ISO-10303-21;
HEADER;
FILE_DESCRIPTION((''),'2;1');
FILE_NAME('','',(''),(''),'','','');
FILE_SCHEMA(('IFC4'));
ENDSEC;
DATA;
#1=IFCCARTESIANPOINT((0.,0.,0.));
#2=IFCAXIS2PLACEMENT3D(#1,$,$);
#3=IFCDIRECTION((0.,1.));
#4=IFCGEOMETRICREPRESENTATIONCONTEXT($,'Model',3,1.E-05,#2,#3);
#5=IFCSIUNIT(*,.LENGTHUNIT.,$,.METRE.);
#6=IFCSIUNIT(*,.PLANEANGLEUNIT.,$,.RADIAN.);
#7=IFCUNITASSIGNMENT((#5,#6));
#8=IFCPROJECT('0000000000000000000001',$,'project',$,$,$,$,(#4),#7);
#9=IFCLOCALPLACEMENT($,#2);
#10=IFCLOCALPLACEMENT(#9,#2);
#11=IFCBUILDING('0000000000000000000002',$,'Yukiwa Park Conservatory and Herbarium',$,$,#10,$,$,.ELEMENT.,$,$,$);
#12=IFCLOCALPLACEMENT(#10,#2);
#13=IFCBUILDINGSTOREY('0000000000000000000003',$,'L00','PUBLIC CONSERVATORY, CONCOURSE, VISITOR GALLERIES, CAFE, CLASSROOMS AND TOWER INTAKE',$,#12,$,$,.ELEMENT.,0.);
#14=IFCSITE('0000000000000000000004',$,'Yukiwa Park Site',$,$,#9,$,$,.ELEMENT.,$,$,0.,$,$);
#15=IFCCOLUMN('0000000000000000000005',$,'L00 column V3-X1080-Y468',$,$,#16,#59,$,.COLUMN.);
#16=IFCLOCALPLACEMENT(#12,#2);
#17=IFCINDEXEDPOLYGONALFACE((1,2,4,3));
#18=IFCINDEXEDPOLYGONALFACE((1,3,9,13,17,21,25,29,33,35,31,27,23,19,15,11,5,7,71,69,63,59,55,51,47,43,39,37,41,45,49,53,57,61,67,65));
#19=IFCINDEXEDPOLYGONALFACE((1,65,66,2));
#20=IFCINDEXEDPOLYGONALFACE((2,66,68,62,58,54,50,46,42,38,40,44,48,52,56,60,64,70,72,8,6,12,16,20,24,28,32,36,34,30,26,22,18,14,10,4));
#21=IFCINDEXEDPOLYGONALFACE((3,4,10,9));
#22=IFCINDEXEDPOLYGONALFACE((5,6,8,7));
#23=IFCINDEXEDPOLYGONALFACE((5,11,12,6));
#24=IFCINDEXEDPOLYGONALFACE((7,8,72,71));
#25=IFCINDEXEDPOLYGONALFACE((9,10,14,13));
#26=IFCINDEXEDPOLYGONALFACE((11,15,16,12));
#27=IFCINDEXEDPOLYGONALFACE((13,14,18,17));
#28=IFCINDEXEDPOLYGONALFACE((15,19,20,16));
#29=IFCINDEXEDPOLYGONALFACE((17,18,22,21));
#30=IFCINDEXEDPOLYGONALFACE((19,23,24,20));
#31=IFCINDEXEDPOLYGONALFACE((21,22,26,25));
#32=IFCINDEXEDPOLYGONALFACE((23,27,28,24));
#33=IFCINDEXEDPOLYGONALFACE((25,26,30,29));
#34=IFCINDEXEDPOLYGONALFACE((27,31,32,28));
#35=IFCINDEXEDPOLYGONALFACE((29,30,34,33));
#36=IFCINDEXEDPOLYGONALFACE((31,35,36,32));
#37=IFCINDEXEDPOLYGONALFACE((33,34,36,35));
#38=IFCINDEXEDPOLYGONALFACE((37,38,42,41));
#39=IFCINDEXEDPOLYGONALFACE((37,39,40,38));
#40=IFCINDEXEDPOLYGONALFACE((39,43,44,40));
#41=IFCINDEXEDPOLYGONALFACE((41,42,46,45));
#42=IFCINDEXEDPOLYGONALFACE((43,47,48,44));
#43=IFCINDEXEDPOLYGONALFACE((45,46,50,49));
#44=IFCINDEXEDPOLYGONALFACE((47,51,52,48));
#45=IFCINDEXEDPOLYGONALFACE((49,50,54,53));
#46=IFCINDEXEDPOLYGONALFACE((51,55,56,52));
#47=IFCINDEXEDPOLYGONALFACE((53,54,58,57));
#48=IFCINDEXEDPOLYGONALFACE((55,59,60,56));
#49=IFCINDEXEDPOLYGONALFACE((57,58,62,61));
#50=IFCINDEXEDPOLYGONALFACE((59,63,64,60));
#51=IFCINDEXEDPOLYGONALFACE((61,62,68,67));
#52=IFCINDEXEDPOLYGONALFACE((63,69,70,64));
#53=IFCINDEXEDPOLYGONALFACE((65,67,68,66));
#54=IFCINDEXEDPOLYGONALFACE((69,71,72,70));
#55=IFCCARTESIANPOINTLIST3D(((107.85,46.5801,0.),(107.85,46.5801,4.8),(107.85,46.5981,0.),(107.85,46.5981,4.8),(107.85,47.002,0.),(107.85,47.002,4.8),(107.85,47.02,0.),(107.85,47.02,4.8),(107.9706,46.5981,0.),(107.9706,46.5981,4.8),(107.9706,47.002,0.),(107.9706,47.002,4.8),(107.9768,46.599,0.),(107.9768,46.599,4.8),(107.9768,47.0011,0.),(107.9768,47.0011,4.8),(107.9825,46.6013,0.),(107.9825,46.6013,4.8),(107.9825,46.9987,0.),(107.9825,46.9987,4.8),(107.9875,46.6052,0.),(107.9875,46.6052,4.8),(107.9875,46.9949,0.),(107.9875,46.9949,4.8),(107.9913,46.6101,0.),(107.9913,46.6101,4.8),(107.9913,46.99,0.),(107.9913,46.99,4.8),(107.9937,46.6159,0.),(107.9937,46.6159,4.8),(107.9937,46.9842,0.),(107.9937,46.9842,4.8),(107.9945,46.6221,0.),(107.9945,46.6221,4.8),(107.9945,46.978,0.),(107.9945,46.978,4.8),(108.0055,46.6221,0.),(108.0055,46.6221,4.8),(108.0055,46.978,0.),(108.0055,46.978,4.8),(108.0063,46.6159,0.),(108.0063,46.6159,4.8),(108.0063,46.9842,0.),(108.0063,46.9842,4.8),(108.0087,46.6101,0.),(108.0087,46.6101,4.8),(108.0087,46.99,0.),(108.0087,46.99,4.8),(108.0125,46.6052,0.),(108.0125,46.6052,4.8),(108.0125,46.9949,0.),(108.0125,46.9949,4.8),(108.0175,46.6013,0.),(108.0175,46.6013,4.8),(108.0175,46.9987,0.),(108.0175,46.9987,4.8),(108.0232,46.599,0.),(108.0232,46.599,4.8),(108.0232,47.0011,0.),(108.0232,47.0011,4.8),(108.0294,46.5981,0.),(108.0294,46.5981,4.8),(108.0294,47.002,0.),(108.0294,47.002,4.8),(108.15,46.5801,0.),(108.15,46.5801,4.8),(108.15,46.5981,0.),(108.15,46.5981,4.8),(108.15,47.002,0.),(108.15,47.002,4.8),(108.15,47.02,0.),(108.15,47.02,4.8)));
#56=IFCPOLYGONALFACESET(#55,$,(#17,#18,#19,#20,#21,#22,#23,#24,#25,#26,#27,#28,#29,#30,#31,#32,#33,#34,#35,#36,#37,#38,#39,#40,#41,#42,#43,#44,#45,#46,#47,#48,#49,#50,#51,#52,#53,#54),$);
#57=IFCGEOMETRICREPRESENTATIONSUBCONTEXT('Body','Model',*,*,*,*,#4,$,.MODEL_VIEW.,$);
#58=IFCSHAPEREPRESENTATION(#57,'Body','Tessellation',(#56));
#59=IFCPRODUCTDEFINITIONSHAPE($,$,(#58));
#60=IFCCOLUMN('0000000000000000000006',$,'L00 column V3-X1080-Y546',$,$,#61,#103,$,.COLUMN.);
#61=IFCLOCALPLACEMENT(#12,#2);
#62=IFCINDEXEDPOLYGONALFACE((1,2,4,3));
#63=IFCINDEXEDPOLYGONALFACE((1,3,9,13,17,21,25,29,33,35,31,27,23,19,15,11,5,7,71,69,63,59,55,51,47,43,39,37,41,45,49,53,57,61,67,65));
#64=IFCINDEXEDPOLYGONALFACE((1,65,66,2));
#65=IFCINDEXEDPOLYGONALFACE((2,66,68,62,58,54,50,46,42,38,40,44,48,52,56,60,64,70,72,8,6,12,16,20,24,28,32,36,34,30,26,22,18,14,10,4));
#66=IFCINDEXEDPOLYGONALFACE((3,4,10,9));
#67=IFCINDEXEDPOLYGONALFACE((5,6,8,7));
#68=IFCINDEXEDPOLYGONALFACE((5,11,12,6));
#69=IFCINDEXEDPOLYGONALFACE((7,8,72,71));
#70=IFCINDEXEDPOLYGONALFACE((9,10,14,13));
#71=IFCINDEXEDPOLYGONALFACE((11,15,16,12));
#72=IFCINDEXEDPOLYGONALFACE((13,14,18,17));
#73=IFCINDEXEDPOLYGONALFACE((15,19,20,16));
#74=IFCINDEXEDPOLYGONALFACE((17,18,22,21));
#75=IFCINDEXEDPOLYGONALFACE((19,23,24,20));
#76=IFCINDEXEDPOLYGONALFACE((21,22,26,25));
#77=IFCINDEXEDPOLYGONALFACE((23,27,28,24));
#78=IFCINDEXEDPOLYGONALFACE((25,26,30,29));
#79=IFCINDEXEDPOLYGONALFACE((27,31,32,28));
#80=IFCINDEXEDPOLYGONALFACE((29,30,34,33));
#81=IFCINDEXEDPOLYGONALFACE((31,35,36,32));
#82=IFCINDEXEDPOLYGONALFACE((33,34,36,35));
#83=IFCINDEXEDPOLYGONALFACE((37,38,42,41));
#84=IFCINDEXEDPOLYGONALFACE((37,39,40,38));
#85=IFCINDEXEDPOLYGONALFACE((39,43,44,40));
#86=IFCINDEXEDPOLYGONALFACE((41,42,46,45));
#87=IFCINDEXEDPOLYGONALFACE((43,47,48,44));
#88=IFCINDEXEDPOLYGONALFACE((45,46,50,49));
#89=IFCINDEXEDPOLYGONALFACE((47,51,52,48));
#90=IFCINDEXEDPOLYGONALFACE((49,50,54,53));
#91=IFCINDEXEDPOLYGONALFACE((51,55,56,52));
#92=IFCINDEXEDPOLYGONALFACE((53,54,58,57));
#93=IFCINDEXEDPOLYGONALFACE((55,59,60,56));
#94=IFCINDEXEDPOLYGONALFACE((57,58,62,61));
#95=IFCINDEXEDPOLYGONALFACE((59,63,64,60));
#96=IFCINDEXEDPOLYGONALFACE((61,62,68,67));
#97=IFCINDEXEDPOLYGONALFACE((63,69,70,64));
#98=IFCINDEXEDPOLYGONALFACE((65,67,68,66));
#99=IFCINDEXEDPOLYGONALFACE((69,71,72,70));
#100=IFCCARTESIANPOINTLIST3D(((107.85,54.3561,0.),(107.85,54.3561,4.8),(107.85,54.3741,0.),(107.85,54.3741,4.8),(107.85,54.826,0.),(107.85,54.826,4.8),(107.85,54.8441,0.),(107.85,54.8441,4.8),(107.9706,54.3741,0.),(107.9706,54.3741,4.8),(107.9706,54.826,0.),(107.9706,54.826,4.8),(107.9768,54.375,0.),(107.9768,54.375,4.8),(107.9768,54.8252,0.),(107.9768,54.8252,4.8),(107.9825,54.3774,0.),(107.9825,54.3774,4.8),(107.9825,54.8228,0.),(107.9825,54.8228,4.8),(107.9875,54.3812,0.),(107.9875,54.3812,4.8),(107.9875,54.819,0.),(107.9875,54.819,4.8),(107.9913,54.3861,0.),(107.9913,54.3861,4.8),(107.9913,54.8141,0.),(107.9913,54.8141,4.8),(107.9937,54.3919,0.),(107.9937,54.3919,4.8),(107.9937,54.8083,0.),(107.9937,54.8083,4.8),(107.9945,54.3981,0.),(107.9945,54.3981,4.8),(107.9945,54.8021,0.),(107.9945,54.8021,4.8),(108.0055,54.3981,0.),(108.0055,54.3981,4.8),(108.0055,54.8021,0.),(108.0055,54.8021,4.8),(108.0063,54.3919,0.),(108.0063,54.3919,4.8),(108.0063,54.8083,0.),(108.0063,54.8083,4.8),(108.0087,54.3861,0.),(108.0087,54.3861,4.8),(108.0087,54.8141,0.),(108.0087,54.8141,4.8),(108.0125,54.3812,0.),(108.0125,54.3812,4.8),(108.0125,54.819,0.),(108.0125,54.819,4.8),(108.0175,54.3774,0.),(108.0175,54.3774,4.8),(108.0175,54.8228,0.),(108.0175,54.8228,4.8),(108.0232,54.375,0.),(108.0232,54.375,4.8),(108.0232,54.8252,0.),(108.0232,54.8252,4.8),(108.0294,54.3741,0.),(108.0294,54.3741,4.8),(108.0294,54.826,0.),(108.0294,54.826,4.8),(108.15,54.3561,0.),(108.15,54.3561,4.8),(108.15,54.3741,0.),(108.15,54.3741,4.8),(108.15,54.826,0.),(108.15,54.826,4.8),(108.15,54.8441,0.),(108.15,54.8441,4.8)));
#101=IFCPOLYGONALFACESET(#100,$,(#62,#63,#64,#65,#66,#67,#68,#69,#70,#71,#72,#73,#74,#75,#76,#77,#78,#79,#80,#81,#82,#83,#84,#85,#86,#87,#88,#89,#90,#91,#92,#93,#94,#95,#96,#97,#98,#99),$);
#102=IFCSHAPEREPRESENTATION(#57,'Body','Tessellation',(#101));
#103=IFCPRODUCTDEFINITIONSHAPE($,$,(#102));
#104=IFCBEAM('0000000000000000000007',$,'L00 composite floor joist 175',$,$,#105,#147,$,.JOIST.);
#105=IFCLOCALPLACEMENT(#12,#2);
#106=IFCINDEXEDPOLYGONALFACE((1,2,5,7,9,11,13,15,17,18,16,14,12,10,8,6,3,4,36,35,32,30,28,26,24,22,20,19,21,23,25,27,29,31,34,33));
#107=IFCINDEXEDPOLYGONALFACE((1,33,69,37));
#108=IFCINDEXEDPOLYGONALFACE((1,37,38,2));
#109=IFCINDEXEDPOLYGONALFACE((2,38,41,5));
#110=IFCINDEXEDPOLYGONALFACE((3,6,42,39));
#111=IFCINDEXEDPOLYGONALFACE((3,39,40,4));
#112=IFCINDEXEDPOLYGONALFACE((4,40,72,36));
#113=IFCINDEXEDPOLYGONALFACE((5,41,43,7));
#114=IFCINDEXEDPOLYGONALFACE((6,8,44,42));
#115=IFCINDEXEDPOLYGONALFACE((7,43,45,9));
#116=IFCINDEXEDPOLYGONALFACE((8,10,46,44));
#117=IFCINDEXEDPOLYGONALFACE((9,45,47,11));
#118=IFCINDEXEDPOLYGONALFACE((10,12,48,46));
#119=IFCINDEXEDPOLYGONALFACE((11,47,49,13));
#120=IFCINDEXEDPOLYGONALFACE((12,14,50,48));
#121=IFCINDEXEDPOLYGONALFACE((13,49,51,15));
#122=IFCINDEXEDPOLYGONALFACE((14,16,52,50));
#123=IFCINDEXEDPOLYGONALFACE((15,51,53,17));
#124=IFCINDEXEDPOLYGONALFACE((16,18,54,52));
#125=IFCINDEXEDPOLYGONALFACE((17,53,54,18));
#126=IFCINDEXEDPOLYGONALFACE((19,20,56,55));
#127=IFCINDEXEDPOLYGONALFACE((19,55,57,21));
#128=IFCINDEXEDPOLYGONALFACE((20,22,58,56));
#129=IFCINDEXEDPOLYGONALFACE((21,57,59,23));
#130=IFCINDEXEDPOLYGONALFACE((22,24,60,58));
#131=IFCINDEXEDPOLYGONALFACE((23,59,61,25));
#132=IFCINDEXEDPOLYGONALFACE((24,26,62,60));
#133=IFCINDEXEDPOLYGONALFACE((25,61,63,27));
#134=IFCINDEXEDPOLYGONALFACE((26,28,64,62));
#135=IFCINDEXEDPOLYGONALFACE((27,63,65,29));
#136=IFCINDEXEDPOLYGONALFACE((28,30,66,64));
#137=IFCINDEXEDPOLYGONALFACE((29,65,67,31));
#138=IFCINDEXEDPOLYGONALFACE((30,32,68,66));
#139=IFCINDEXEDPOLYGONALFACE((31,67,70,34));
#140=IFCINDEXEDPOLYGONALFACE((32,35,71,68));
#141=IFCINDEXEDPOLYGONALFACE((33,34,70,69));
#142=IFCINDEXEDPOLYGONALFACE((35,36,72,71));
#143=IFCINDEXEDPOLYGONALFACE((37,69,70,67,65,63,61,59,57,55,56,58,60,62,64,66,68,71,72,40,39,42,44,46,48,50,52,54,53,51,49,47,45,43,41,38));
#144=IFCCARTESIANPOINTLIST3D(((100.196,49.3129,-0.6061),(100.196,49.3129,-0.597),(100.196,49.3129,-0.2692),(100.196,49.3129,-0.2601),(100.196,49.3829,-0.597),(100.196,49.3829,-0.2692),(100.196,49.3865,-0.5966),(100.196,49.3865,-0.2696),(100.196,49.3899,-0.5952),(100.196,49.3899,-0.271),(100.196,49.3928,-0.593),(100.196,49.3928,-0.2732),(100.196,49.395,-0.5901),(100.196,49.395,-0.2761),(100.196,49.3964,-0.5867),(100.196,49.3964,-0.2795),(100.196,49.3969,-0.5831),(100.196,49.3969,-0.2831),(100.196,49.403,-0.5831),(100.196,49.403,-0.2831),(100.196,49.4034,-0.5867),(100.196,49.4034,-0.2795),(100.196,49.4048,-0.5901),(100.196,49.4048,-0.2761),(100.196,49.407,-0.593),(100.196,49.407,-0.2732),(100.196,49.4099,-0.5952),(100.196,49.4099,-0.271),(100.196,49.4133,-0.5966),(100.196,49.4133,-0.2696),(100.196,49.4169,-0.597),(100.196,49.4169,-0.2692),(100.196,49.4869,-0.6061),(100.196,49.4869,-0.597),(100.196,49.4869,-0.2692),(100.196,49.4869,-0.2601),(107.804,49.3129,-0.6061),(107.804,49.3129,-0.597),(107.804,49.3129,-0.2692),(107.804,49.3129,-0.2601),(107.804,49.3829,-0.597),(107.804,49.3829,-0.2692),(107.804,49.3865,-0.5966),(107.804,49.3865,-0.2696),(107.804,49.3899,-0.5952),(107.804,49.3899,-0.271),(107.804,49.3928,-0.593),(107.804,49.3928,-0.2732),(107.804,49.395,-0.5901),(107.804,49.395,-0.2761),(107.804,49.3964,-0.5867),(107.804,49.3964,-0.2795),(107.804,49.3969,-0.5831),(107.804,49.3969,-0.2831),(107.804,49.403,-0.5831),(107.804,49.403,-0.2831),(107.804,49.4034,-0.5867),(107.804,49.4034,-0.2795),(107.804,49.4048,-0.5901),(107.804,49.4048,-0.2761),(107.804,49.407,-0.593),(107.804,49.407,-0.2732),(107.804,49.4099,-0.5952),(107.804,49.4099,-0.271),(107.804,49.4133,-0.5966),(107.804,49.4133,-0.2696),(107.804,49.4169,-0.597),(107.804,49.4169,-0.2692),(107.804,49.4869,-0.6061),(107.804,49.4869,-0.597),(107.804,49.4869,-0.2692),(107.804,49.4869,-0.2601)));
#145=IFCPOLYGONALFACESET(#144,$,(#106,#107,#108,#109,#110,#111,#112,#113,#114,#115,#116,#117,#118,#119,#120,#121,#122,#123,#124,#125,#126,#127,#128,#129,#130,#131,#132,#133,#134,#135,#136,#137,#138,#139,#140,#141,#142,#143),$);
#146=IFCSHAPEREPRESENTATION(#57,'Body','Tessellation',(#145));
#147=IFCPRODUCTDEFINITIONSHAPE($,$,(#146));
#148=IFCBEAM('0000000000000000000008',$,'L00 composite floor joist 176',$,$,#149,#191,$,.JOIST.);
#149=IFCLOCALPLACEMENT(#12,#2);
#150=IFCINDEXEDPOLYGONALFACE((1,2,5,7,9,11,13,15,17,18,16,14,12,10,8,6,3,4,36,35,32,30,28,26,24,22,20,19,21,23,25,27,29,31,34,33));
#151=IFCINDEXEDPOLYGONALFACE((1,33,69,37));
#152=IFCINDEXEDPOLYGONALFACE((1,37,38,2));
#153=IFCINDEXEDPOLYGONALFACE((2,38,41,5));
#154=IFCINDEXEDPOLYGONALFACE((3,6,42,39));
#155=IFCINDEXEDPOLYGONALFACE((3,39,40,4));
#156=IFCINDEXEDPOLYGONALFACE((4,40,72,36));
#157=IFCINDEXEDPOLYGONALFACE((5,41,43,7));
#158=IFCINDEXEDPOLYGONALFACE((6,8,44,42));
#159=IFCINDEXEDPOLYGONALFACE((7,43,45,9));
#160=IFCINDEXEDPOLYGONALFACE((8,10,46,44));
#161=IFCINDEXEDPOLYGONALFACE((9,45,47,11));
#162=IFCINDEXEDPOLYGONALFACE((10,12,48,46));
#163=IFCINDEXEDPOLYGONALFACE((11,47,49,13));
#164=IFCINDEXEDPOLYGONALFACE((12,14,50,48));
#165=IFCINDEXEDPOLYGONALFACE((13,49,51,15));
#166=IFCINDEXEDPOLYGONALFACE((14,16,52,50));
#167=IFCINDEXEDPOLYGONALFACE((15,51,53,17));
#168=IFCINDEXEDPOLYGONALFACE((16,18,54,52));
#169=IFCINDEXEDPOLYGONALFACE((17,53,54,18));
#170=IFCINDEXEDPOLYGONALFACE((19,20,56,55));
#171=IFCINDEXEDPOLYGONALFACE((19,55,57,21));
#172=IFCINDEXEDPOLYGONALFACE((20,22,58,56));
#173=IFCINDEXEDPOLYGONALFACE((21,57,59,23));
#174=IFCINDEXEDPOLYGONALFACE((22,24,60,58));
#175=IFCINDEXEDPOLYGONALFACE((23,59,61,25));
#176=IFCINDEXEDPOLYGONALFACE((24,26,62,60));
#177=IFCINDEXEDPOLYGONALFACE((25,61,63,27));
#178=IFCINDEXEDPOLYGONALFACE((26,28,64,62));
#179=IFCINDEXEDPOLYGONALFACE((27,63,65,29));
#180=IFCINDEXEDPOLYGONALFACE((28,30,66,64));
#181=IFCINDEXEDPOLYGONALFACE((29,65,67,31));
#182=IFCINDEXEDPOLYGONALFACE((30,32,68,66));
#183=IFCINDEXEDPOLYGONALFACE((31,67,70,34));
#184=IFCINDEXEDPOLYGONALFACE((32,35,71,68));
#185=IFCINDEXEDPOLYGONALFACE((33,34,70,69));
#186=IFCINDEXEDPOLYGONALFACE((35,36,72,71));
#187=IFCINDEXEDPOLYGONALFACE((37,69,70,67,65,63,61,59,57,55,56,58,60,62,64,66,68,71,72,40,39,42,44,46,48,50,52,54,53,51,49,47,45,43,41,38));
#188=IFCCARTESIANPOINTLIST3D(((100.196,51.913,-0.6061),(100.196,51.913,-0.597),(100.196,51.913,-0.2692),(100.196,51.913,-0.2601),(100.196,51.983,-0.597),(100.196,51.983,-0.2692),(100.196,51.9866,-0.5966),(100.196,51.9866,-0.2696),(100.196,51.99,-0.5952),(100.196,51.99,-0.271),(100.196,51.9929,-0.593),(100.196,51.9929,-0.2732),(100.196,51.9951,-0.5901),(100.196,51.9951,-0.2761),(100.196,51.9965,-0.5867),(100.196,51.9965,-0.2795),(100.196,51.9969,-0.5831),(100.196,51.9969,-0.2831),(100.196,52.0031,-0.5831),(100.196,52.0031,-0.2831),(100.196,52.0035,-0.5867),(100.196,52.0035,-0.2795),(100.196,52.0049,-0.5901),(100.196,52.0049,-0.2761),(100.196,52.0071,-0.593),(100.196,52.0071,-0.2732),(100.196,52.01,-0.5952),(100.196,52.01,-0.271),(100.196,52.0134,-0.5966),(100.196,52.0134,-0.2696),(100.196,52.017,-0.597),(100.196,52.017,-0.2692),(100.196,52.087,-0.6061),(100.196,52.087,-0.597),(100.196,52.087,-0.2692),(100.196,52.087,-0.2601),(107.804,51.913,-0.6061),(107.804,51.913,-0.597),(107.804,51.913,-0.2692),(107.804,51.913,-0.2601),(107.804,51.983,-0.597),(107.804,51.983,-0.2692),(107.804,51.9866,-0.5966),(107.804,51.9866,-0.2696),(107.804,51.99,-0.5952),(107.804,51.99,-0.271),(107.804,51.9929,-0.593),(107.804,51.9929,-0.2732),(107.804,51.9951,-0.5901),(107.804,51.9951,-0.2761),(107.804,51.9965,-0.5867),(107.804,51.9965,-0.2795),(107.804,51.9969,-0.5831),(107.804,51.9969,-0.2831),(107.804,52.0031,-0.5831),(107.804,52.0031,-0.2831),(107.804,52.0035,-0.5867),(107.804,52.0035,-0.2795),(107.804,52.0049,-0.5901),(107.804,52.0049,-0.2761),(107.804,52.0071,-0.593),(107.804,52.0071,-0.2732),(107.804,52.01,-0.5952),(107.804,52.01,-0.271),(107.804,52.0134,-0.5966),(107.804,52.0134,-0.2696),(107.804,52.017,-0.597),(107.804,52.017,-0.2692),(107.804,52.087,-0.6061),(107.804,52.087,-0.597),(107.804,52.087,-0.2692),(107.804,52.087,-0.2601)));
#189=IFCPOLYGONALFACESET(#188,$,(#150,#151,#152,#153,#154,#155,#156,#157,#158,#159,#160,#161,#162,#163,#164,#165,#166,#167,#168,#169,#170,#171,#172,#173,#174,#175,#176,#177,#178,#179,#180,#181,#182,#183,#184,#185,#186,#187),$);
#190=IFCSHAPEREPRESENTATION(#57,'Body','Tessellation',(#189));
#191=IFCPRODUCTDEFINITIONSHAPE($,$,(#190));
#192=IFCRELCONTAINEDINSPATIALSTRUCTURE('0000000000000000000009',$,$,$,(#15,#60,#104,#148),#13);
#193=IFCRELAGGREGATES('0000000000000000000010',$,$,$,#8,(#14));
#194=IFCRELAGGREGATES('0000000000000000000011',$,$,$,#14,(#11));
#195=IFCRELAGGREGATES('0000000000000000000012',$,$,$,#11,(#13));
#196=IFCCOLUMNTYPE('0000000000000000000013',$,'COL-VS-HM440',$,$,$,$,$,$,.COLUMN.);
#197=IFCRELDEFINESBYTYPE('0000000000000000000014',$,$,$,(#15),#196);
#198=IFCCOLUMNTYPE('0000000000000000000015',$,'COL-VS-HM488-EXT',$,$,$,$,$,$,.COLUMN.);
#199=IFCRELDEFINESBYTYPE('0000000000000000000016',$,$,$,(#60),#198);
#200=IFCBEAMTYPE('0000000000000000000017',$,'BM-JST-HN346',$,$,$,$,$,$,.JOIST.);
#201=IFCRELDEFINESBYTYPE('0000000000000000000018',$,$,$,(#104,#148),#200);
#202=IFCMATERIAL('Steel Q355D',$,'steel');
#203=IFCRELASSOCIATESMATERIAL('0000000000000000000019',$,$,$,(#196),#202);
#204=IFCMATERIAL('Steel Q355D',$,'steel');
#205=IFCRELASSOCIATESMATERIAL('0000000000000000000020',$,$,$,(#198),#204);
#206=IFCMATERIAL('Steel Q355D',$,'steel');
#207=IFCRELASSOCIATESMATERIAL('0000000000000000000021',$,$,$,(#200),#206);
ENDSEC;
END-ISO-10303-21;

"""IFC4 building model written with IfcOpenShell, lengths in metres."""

from ifc_helpers import new_model, si_unit, direction, frame, origin, origin_2d, place, context, subcontext, project, spatial, i_section, extrude, material, material_profile, profile_set, type_object, element, save


model = new_model("IFC4")

# Units and contexts
model_context = context("Model", 3, precision=1e-05, world=origin(), true_north=direction((0.0, 1.0)))
body_context = subcontext(model_context, "Body", "Model", "MODEL_VIEW")
ifc_project = project(units=[si_unit("LENGTHUNIT", "METRE"), si_unit("PLANEANGLEUNIT", "RADIAN")], contexts=[model_context])

# Site, building, storey
site_placement = place(None, origin())
site = spatial("IfcSite", under=ifc_project, at=site_placement, Name="Yukiwa Park Site", CompositionType="ELEMENT", RefElevation=0.0)
building_placement = place(site_placement, origin())
building = spatial("IfcBuilding", under=site, at=building_placement, Name="Yukiwa Park Conservatory and Herbarium", CompositionType="ELEMENT")
storey_placement = place(building_placement, origin())
storey = spatial("IfcBuildingStorey", under=building, at=storey_placement, Name="L00", Description="PUBLIC CONSERVATORY, CONCOURSE, VISITOR GALLERIES, CAFE, CLASSROOMS AND TOWER INTAKE", CompositionType="ELEMENT", Elevation=0.0)

# Columns
ifc_material_1 = material(Name="Steel Q355D", Category="steel")
ifc_material_profile_1 = material_profile(ifc_material_1, i_section(OverallWidth=0.3, OverallDepth=0.4399, WebThickness=0.011, FlangeThickness=0.0181, FilletRadius=0.0239, at=origin_2d()), Name="HM 440x300x11x18")
ifc_profile_set_1 = profile_set([ifc_material_profile_1], Name="Steel Q355D")
column_type_1 = type_object("IfcColumnType", Name="COL-VS-HM440", PredefinedType="COLUMN", material=ifc_profile_set_1)
column_1_placement = place(storey_placement, frame((108.0, 46.8, 0.0), z_axis=(0.0, 0.0, 1.0), x_axis=(1.0, 0.0, 0.0)))
element("IfcColumn", 1, at=column_1_placement, inside=storey, type_object=column_type_1, Name="L00 column V3-X1080-Y468", PredefinedType="COLUMN", context=body_context, shape_type="SweptSolid", body=[
    extrude(i_section(OverallWidth=0.3, OverallDepth=0.4399, WebThickness=0.011, FlangeThickness=0.0181, FilletRadius=0.0239, at=origin_2d()), origin(), (0.0, 0.0, 1.0), 4.8),
])
ifc_material_2 = material(Name="Steel Q355D", Category="steel")
ifc_material_profile_2 = material_profile(ifc_material_2, i_section(OverallWidth=0.3, OverallDepth=0.488, WebThickness=0.011, FlangeThickness=0.0181, FilletRadius=0.0239, at=origin_2d()), Name="HM 488x300x11x18")
ifc_profile_set_2 = profile_set([ifc_material_profile_2], Name="Steel Q355D")
column_type_2 = type_object("IfcColumnType", Name="COL-VS-HM488-EXT", PredefinedType="COLUMN", material=ifc_profile_set_2)
column_2_placement = place(storey_placement, frame((108.0, 54.6001, 0.0), z_axis=(0.0, 0.0, 1.0), x_axis=(1.0, 0.0, 0.0)))
element("IfcColumn", 2, at=column_2_placement, inside=storey, type_object=column_type_2, Name="L00 column V3-X1080-Y546", PredefinedType="COLUMN", context=body_context, shape_type="SweptSolid", body=[
    extrude(i_section(OverallWidth=0.3, OverallDepth=0.488, WebThickness=0.011, FlangeThickness=0.0181, FilletRadius=0.0239, at=origin_2d()), origin(), (0.0, 0.0, 1.0), 4.8),
])

# Beams
ifc_material_3 = material(Name="Steel Q355D", Category="steel")
ifc_material_profile_3 = material_profile(ifc_material_3, i_section(OverallWidth=0.1741, OverallDepth=0.3459, WebThickness=0.0061, FlangeThickness=0.009, FilletRadius=0.0139, at=origin_2d()), Name="HN 346x174x6x9")
ifc_profile_set_3 = profile_set([ifc_material_profile_3], Name="Steel Q355D")
beam_type_1 = type_object("IfcBeamType", Name="BM-JST-HN346", PredefinedType="JOIST", material=ifc_profile_set_3)
for number, where, z_axis, x_axis, name in (
    (3, (100.196, 49.3999, -0.4331), (1.0, 0.0, 0.0), (0.0, 1.0, 0.0), "L00 composite floor joist 175"),
    (4, (100.196, 52.0, -0.4331), (1.0, 0.0, 0.0), (0.0, 1.0, 0.0), "L00 composite floor joist 176"),
):
    element("IfcBeam", number, at=place(storey_placement, frame(where, z_axis=z_axis, x_axis=x_axis)), inside=storey, type_object=beam_type_1, Name=name, PredefinedType="JOIST", context=body_context, shape_type="SweptSolid", body=[
        extrude(i_section(OverallWidth=0.1741, OverallDepth=0.3459, WebThickness=0.0061, FlangeThickness=0.009, FilletRadius=0.0139, at=origin_2d()), origin(), (0.0, 0.0, 1.0), 7.6079),
    ])

save(model, "model.ifc")
